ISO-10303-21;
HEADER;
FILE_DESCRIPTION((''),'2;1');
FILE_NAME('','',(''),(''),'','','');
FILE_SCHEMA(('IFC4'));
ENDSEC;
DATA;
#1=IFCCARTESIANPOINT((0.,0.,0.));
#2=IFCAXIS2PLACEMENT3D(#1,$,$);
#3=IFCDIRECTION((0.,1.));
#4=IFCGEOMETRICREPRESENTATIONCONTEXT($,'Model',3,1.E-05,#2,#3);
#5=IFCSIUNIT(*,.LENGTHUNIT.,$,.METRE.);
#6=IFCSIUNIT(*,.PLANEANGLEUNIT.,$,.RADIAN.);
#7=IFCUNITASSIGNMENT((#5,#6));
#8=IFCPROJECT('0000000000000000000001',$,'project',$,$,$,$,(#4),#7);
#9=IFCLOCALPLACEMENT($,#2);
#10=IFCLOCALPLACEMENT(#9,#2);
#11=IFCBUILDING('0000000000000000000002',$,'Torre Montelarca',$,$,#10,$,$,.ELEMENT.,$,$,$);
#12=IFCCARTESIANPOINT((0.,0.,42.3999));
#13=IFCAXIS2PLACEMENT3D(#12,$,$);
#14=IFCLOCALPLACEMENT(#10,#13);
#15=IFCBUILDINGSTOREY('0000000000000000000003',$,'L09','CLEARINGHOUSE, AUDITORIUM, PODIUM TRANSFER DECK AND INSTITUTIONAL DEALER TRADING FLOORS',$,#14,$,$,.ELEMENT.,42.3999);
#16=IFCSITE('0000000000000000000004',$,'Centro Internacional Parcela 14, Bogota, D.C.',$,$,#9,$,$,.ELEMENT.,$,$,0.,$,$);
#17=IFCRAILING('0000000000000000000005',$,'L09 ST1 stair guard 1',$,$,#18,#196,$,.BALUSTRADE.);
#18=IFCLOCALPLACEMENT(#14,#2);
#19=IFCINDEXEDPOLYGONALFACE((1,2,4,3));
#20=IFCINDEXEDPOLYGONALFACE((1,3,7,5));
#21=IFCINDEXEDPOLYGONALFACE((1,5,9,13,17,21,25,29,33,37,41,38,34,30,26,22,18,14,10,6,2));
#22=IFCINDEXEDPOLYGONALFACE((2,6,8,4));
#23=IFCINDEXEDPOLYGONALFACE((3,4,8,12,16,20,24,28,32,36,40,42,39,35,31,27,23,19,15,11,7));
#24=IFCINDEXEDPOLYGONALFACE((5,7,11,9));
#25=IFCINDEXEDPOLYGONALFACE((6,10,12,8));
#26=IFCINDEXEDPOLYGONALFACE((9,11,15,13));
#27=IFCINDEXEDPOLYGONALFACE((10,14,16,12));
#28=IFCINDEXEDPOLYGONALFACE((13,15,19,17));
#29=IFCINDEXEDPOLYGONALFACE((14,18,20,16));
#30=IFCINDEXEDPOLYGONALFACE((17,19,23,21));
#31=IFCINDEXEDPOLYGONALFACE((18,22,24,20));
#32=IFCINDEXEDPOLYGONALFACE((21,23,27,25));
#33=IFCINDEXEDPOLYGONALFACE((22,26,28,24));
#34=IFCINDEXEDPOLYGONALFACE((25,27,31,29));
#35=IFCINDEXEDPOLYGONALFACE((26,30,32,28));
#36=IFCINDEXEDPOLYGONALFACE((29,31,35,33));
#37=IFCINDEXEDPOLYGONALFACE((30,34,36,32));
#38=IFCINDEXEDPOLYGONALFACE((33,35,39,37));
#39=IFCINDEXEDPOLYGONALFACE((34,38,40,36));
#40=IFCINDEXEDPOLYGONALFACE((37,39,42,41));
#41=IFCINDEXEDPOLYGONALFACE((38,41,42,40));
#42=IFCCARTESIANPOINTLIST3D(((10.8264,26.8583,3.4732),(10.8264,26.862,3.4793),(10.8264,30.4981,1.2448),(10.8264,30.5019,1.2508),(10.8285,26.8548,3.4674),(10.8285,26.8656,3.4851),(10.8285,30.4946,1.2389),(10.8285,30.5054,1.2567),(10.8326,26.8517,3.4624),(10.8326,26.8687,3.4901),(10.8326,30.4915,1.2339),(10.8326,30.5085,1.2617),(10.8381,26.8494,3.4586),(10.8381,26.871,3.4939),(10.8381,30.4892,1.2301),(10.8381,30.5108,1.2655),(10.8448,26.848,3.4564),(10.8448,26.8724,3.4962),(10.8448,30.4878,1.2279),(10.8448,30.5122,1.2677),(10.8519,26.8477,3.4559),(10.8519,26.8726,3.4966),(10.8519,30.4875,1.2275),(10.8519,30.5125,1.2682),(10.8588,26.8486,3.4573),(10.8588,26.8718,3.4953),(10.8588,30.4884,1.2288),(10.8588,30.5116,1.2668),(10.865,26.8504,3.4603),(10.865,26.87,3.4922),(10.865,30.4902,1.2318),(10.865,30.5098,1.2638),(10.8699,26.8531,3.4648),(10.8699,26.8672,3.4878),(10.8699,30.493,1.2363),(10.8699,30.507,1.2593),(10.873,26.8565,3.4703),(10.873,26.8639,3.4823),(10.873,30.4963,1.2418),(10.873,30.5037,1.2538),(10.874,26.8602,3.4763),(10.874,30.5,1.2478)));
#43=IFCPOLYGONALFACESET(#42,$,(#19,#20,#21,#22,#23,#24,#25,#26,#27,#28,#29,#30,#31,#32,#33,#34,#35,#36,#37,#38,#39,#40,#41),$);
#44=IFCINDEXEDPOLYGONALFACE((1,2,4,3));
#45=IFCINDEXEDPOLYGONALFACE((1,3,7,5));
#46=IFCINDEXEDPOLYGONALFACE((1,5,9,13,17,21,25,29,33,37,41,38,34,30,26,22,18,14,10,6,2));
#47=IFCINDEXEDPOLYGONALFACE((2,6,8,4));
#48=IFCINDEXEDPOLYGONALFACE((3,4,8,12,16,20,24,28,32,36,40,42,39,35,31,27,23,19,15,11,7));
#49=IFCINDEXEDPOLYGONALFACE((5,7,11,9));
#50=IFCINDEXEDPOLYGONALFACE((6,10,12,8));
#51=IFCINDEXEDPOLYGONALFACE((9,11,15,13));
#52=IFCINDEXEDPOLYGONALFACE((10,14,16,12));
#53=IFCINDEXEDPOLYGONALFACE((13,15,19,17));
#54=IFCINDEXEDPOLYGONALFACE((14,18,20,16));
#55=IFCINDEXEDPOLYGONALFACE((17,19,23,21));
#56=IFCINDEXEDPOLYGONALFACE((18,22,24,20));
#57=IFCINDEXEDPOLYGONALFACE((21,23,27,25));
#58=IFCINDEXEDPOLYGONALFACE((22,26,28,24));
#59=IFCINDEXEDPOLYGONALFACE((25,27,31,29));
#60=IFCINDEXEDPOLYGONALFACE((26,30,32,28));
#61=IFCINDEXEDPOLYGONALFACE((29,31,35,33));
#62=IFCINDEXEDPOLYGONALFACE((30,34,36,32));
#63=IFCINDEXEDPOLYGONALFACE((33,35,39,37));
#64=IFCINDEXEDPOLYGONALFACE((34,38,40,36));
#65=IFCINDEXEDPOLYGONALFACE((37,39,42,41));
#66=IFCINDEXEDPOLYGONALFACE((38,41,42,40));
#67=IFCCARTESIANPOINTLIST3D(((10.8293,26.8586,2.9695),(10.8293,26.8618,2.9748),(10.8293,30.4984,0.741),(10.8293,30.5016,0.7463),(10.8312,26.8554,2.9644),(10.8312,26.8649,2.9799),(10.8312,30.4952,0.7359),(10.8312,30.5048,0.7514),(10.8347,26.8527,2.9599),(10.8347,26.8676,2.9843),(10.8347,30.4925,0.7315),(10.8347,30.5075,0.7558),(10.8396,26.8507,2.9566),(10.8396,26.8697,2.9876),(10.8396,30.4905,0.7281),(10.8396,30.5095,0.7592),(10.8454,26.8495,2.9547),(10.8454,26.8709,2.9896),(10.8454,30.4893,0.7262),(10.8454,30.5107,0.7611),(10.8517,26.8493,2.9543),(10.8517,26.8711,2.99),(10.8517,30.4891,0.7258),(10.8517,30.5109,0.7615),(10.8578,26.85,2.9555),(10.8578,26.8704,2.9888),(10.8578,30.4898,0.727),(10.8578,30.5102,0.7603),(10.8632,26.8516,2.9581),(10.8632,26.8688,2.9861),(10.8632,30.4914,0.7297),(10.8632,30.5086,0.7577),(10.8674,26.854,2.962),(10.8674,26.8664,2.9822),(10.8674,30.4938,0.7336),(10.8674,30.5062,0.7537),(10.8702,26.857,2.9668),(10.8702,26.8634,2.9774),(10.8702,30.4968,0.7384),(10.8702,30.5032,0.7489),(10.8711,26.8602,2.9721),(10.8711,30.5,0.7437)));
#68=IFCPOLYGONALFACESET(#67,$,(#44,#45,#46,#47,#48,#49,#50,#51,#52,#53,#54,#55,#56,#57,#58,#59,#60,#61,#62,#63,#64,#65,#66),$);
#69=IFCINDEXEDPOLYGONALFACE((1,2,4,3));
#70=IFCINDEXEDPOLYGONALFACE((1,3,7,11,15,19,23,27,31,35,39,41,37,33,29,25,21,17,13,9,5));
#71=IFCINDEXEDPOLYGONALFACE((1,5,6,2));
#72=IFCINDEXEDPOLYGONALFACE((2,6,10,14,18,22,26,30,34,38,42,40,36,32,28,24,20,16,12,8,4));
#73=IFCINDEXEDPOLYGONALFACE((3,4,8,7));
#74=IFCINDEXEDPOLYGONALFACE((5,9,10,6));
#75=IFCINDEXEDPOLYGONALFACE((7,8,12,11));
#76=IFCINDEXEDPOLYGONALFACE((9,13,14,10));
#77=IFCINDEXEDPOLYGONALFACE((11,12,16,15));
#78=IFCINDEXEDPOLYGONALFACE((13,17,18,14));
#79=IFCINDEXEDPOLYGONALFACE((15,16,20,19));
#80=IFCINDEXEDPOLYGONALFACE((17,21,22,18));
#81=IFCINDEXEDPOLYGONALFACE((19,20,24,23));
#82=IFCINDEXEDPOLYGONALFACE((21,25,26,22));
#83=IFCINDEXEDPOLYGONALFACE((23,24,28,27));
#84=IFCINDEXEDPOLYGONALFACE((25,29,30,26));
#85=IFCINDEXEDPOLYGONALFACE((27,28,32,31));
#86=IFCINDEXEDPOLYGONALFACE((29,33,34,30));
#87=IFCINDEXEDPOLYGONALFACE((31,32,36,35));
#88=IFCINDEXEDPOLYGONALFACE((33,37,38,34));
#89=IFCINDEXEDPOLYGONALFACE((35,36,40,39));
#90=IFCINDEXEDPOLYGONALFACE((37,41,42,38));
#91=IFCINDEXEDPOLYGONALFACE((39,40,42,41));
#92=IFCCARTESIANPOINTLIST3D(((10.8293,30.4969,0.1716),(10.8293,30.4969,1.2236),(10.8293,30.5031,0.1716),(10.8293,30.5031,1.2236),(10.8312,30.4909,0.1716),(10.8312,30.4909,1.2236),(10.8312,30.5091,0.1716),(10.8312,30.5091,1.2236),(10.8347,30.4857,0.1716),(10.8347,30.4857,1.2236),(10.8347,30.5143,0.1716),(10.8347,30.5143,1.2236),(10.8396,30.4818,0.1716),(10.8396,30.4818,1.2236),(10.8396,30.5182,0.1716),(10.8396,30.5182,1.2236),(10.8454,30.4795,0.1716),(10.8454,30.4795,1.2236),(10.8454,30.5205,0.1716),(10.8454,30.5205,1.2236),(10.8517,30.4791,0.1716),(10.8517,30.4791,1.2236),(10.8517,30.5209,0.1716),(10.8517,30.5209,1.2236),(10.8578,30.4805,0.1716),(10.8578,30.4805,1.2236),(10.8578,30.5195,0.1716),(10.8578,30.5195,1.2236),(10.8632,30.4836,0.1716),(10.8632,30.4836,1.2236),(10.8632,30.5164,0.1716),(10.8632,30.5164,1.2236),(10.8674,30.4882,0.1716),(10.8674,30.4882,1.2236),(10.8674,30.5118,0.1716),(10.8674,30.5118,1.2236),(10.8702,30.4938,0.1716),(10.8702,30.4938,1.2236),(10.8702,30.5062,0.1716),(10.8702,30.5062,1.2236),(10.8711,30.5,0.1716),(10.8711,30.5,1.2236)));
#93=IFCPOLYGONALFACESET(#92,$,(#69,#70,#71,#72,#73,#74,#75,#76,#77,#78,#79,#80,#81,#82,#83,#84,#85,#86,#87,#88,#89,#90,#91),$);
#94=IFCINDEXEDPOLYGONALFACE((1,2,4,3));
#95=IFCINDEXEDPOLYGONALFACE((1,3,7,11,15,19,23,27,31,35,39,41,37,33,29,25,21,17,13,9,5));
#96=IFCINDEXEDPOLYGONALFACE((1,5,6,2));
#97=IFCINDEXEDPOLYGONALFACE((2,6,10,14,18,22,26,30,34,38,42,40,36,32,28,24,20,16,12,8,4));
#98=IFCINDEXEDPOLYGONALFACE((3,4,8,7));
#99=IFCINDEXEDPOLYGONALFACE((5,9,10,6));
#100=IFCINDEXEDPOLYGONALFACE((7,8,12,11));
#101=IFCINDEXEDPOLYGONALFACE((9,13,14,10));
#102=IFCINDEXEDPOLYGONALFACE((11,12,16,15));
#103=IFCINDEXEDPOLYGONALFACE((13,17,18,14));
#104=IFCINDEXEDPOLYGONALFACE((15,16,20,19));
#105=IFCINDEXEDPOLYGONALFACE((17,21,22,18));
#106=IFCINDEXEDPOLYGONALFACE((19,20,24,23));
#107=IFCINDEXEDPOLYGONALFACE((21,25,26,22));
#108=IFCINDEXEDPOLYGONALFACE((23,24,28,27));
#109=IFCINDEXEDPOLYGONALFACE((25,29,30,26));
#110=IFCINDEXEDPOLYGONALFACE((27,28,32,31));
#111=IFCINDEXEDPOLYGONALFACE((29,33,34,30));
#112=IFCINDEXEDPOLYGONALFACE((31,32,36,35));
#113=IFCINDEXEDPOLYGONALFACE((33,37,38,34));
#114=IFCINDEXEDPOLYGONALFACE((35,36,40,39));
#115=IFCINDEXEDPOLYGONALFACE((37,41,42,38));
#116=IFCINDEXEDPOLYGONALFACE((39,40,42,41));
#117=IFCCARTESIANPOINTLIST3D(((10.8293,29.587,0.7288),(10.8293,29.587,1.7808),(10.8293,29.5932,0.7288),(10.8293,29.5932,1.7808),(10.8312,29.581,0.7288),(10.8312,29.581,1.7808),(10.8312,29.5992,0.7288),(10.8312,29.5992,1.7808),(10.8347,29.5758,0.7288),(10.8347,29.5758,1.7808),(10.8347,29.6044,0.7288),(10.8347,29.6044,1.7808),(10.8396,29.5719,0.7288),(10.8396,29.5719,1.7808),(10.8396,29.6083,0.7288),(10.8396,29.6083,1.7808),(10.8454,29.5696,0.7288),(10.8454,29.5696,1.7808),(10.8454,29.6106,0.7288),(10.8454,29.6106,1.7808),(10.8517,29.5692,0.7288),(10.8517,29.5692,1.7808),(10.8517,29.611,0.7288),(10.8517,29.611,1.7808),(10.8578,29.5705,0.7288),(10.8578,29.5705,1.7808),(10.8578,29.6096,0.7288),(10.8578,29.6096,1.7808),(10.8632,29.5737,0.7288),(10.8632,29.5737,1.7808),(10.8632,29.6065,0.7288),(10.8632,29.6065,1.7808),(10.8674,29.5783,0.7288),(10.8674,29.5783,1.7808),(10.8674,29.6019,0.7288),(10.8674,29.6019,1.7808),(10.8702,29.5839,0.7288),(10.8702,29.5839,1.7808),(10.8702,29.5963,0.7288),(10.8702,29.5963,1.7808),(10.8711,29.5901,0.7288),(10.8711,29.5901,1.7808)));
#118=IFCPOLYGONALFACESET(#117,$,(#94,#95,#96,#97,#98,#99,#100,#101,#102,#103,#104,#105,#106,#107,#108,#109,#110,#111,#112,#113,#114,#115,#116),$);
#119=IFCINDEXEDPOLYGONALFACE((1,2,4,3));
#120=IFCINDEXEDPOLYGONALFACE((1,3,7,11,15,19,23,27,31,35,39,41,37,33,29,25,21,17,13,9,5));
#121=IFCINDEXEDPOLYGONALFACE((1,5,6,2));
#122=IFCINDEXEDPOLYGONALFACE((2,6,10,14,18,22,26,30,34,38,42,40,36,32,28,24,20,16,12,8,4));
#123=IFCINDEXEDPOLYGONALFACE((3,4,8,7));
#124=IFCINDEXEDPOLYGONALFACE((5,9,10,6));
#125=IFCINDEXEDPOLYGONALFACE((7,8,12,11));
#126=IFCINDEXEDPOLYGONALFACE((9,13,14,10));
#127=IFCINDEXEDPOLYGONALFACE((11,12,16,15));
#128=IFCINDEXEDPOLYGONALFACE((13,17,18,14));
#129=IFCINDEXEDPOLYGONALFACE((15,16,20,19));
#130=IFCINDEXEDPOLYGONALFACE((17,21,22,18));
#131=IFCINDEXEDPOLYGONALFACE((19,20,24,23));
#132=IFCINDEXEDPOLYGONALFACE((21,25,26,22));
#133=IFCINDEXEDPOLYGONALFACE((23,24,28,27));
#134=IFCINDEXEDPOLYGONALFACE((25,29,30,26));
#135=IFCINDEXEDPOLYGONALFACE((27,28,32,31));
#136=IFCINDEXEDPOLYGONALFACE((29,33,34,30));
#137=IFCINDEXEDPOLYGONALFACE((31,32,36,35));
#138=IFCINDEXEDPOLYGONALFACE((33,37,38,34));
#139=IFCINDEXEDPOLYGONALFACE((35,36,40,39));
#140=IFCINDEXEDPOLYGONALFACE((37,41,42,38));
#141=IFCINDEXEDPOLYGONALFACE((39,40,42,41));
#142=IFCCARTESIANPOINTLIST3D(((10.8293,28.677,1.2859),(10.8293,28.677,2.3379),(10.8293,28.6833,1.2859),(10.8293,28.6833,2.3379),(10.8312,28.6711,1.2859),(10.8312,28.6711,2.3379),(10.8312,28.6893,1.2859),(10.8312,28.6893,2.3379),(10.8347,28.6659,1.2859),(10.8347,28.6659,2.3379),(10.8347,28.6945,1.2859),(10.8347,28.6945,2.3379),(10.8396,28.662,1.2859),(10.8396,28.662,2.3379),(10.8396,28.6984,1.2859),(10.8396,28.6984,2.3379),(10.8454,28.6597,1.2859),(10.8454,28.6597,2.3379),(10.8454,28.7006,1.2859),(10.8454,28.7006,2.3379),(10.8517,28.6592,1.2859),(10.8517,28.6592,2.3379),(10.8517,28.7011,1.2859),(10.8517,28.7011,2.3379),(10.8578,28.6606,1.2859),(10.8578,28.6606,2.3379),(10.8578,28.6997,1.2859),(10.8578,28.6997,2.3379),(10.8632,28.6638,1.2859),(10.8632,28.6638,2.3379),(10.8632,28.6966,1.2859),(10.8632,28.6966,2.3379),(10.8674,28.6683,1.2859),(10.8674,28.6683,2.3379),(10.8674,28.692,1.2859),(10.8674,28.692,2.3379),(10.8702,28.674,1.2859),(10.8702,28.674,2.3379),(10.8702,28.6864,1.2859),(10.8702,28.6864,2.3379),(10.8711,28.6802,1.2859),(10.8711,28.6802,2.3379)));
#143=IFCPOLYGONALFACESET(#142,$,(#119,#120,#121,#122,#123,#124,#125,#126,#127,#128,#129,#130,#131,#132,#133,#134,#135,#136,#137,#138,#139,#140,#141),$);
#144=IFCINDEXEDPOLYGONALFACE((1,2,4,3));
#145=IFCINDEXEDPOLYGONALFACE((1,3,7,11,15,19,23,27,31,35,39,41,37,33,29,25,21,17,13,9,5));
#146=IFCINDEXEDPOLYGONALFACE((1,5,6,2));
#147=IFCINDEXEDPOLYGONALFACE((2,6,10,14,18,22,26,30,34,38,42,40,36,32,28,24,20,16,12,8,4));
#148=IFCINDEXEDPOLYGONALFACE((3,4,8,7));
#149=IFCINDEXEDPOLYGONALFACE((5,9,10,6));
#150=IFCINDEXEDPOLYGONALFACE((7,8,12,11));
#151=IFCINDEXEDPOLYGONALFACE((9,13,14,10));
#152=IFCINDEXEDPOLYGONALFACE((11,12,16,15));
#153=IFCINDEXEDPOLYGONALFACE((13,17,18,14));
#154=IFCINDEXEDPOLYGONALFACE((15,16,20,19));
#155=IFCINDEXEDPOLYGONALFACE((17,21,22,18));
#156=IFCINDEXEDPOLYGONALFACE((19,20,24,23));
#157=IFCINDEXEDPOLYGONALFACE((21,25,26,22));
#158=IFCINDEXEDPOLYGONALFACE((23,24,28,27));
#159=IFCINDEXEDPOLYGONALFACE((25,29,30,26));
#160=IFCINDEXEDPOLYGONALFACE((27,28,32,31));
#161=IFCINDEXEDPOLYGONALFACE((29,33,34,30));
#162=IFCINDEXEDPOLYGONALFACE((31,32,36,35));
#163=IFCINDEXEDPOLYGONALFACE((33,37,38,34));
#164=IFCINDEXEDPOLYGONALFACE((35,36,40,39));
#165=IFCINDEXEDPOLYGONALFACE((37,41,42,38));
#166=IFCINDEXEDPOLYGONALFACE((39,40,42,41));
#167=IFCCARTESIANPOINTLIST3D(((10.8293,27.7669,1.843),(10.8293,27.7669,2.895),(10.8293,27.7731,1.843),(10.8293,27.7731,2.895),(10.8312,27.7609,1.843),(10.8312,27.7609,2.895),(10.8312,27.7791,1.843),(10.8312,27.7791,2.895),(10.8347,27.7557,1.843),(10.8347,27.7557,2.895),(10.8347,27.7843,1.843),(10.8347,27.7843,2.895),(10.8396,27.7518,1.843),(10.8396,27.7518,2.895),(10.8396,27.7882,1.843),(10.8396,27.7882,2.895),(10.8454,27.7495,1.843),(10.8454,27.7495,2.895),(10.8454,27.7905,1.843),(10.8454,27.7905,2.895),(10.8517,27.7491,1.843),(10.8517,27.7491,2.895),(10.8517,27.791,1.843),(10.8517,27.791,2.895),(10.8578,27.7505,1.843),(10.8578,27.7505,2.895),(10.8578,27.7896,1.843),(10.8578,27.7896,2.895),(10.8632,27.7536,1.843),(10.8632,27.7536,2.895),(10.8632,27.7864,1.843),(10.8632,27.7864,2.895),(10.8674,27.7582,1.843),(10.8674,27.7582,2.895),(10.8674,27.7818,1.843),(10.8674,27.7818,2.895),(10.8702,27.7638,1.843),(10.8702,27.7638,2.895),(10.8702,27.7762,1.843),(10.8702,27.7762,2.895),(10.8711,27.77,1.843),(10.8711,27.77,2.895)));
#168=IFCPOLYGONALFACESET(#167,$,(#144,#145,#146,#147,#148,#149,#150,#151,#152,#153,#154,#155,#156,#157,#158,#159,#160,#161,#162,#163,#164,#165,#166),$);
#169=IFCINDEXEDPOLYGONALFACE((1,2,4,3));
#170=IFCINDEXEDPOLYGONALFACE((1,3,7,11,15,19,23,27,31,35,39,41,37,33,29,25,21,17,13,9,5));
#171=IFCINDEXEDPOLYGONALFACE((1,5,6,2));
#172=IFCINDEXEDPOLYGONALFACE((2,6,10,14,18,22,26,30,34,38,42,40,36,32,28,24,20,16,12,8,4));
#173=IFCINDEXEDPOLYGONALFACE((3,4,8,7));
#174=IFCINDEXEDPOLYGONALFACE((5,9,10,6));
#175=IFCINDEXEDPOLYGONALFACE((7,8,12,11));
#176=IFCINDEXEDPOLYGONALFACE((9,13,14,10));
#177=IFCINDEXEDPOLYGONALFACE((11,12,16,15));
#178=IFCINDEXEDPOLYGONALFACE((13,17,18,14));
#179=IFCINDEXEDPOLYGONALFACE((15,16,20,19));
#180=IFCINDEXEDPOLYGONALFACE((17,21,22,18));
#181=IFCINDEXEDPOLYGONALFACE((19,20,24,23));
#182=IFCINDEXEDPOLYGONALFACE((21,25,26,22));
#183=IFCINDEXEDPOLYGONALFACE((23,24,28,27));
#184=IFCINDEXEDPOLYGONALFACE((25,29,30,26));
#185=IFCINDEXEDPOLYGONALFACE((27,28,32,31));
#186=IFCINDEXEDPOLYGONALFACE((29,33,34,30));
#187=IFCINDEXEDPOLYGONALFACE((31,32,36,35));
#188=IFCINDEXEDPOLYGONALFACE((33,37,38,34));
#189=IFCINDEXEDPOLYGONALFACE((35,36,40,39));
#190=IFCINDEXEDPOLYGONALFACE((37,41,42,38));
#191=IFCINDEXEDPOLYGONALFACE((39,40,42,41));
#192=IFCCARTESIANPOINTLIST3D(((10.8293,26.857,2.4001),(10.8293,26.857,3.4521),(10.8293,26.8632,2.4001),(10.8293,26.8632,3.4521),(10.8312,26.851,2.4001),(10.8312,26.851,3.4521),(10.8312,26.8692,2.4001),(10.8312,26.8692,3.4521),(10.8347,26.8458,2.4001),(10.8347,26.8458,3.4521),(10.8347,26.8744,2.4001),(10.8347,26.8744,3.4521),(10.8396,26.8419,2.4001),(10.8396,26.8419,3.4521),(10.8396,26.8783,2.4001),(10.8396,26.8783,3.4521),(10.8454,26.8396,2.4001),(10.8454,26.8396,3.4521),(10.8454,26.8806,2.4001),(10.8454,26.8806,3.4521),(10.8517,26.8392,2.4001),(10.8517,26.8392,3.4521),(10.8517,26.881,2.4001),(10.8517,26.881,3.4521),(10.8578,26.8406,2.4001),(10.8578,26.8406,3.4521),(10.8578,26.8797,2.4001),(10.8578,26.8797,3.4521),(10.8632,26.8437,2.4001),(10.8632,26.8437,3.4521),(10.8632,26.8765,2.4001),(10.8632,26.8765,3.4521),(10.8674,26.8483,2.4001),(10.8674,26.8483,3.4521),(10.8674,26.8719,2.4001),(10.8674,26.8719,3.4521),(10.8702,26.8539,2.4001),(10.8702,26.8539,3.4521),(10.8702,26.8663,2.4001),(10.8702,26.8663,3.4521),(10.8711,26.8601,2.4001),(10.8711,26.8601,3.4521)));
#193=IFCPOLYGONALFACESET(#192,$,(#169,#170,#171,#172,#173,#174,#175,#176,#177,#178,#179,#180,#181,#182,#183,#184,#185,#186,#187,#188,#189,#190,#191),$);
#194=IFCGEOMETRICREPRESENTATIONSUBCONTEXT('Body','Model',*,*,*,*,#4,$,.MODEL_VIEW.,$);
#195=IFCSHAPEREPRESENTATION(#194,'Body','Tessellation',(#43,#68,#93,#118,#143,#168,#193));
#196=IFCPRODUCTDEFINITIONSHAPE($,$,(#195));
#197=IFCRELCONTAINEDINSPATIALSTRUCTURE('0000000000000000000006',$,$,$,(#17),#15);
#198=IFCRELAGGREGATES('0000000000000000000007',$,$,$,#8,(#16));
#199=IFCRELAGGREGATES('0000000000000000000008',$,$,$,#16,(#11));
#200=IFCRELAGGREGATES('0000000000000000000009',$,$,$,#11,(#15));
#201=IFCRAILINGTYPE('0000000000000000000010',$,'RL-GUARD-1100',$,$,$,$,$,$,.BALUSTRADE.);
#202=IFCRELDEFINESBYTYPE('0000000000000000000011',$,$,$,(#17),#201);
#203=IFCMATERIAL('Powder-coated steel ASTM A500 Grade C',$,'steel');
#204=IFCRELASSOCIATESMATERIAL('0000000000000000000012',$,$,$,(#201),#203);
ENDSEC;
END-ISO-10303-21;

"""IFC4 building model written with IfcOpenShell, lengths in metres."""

from ifc_helpers import new_model, si_unit, direction, frame, origin, origin_2d, place, context, subcontext, project, spatial, circle, extrude, material, type_object, element, save


model = new_model("IFC4")

# Units and contexts
model_context = context("Model", 3, precision=1e-05, world=origin(), true_north=direction((0.0, 1.0)))
body_context = subcontext(model_context, "Body", "Model", "MODEL_VIEW")
ifc_project = project(units=[si_unit("LENGTHUNIT", "METRE"), si_unit("PLANEANGLEUNIT", "RADIAN")], contexts=[model_context])

# Site, building, storey
site_placement = place(None, origin())
site = spatial("IfcSite", under=ifc_project, at=site_placement, Name="Centro Internacional Parcela 14, Bogota, D.C.", CompositionType="ELEMENT", RefElevation=0.0)
building_placement = place(site_placement, origin())
building = spatial("IfcBuilding", under=site, at=building_placement, Name="Torre Montelarca", CompositionType="ELEMENT")
storey_placement = place(building_placement, frame((0.0, 0.0, 42.3999)))
storey = spatial("IfcBuildingStorey", under=building, at=storey_placement, Name="L09", Description="CLEARINGHOUSE, AUDITORIUM, PODIUM TRANSFER DECK AND INSTITUTIONAL DEALER TRADING FLOORS", CompositionType="ELEMENT", Elevation=42.3999)

# Railing
ifc_material_1 = material(Name="Powder-coated steel ASTM A500 Grade C", Category="steel")
railing_type_1 = type_object("IfcRailingType", Name="RL-GUARD-1100", PredefinedType="BALUSTRADE", material=ifc_material_1)
railing_1_placement = place(storey_placement, frame((10.8501, 30.5, 0.1716)))
element("IfcRailing", 1, at=railing_1_placement, inside=storey, type_object=railing_type_1, Name="L09 ST1 stair guard 1", PredefinedType="BALUSTRADE", context=body_context, shape_type="SweptSolid", body=[
    extrude(circle(Radius=0.0239, at=origin_2d()), frame((0.0, 0.0, 1.0762), z_axis=(0.0, -0.85285, 0.522156), x_axis=(1.0, 0.0, 0.0)), (0.0, 0.0, 1.0), 4.2678),
    extrude(circle(Radius=0.021, at=origin_2d()), frame((0.0, 0.0, 0.572), z_axis=(0.0, -0.85285, 0.522156), x_axis=(1.0, 0.0, 0.0)), (0.0, 0.0, 1.0), 4.2678),
    extrude(circle(Radius=0.021, at=origin_2d()), origin(), (0.0, 0.0, 1.0), 1.052),
    extrude(circle(Radius=0.021, at=origin_2d()), frame((0.0, -0.9099, 0.5571)), (0.0, 0.0, 1.0), 1.052),
    extrude(circle(Radius=0.021, at=origin_2d()), frame((0.0, -1.8198, 1.1143)), (0.0, 0.0, 1.0), 1.052),
    extrude(circle(Radius=0.021, at=origin_2d()), frame((0.0, -2.73, 1.6714)), (0.0, 0.0, 1.0), 1.052),
    extrude(circle(Radius=0.021, at=origin_2d()), frame((0.0, -3.6399, 2.2285)), (0.0, 0.0, 1.0), 1.052),
])

save(model, "model.ifc")
